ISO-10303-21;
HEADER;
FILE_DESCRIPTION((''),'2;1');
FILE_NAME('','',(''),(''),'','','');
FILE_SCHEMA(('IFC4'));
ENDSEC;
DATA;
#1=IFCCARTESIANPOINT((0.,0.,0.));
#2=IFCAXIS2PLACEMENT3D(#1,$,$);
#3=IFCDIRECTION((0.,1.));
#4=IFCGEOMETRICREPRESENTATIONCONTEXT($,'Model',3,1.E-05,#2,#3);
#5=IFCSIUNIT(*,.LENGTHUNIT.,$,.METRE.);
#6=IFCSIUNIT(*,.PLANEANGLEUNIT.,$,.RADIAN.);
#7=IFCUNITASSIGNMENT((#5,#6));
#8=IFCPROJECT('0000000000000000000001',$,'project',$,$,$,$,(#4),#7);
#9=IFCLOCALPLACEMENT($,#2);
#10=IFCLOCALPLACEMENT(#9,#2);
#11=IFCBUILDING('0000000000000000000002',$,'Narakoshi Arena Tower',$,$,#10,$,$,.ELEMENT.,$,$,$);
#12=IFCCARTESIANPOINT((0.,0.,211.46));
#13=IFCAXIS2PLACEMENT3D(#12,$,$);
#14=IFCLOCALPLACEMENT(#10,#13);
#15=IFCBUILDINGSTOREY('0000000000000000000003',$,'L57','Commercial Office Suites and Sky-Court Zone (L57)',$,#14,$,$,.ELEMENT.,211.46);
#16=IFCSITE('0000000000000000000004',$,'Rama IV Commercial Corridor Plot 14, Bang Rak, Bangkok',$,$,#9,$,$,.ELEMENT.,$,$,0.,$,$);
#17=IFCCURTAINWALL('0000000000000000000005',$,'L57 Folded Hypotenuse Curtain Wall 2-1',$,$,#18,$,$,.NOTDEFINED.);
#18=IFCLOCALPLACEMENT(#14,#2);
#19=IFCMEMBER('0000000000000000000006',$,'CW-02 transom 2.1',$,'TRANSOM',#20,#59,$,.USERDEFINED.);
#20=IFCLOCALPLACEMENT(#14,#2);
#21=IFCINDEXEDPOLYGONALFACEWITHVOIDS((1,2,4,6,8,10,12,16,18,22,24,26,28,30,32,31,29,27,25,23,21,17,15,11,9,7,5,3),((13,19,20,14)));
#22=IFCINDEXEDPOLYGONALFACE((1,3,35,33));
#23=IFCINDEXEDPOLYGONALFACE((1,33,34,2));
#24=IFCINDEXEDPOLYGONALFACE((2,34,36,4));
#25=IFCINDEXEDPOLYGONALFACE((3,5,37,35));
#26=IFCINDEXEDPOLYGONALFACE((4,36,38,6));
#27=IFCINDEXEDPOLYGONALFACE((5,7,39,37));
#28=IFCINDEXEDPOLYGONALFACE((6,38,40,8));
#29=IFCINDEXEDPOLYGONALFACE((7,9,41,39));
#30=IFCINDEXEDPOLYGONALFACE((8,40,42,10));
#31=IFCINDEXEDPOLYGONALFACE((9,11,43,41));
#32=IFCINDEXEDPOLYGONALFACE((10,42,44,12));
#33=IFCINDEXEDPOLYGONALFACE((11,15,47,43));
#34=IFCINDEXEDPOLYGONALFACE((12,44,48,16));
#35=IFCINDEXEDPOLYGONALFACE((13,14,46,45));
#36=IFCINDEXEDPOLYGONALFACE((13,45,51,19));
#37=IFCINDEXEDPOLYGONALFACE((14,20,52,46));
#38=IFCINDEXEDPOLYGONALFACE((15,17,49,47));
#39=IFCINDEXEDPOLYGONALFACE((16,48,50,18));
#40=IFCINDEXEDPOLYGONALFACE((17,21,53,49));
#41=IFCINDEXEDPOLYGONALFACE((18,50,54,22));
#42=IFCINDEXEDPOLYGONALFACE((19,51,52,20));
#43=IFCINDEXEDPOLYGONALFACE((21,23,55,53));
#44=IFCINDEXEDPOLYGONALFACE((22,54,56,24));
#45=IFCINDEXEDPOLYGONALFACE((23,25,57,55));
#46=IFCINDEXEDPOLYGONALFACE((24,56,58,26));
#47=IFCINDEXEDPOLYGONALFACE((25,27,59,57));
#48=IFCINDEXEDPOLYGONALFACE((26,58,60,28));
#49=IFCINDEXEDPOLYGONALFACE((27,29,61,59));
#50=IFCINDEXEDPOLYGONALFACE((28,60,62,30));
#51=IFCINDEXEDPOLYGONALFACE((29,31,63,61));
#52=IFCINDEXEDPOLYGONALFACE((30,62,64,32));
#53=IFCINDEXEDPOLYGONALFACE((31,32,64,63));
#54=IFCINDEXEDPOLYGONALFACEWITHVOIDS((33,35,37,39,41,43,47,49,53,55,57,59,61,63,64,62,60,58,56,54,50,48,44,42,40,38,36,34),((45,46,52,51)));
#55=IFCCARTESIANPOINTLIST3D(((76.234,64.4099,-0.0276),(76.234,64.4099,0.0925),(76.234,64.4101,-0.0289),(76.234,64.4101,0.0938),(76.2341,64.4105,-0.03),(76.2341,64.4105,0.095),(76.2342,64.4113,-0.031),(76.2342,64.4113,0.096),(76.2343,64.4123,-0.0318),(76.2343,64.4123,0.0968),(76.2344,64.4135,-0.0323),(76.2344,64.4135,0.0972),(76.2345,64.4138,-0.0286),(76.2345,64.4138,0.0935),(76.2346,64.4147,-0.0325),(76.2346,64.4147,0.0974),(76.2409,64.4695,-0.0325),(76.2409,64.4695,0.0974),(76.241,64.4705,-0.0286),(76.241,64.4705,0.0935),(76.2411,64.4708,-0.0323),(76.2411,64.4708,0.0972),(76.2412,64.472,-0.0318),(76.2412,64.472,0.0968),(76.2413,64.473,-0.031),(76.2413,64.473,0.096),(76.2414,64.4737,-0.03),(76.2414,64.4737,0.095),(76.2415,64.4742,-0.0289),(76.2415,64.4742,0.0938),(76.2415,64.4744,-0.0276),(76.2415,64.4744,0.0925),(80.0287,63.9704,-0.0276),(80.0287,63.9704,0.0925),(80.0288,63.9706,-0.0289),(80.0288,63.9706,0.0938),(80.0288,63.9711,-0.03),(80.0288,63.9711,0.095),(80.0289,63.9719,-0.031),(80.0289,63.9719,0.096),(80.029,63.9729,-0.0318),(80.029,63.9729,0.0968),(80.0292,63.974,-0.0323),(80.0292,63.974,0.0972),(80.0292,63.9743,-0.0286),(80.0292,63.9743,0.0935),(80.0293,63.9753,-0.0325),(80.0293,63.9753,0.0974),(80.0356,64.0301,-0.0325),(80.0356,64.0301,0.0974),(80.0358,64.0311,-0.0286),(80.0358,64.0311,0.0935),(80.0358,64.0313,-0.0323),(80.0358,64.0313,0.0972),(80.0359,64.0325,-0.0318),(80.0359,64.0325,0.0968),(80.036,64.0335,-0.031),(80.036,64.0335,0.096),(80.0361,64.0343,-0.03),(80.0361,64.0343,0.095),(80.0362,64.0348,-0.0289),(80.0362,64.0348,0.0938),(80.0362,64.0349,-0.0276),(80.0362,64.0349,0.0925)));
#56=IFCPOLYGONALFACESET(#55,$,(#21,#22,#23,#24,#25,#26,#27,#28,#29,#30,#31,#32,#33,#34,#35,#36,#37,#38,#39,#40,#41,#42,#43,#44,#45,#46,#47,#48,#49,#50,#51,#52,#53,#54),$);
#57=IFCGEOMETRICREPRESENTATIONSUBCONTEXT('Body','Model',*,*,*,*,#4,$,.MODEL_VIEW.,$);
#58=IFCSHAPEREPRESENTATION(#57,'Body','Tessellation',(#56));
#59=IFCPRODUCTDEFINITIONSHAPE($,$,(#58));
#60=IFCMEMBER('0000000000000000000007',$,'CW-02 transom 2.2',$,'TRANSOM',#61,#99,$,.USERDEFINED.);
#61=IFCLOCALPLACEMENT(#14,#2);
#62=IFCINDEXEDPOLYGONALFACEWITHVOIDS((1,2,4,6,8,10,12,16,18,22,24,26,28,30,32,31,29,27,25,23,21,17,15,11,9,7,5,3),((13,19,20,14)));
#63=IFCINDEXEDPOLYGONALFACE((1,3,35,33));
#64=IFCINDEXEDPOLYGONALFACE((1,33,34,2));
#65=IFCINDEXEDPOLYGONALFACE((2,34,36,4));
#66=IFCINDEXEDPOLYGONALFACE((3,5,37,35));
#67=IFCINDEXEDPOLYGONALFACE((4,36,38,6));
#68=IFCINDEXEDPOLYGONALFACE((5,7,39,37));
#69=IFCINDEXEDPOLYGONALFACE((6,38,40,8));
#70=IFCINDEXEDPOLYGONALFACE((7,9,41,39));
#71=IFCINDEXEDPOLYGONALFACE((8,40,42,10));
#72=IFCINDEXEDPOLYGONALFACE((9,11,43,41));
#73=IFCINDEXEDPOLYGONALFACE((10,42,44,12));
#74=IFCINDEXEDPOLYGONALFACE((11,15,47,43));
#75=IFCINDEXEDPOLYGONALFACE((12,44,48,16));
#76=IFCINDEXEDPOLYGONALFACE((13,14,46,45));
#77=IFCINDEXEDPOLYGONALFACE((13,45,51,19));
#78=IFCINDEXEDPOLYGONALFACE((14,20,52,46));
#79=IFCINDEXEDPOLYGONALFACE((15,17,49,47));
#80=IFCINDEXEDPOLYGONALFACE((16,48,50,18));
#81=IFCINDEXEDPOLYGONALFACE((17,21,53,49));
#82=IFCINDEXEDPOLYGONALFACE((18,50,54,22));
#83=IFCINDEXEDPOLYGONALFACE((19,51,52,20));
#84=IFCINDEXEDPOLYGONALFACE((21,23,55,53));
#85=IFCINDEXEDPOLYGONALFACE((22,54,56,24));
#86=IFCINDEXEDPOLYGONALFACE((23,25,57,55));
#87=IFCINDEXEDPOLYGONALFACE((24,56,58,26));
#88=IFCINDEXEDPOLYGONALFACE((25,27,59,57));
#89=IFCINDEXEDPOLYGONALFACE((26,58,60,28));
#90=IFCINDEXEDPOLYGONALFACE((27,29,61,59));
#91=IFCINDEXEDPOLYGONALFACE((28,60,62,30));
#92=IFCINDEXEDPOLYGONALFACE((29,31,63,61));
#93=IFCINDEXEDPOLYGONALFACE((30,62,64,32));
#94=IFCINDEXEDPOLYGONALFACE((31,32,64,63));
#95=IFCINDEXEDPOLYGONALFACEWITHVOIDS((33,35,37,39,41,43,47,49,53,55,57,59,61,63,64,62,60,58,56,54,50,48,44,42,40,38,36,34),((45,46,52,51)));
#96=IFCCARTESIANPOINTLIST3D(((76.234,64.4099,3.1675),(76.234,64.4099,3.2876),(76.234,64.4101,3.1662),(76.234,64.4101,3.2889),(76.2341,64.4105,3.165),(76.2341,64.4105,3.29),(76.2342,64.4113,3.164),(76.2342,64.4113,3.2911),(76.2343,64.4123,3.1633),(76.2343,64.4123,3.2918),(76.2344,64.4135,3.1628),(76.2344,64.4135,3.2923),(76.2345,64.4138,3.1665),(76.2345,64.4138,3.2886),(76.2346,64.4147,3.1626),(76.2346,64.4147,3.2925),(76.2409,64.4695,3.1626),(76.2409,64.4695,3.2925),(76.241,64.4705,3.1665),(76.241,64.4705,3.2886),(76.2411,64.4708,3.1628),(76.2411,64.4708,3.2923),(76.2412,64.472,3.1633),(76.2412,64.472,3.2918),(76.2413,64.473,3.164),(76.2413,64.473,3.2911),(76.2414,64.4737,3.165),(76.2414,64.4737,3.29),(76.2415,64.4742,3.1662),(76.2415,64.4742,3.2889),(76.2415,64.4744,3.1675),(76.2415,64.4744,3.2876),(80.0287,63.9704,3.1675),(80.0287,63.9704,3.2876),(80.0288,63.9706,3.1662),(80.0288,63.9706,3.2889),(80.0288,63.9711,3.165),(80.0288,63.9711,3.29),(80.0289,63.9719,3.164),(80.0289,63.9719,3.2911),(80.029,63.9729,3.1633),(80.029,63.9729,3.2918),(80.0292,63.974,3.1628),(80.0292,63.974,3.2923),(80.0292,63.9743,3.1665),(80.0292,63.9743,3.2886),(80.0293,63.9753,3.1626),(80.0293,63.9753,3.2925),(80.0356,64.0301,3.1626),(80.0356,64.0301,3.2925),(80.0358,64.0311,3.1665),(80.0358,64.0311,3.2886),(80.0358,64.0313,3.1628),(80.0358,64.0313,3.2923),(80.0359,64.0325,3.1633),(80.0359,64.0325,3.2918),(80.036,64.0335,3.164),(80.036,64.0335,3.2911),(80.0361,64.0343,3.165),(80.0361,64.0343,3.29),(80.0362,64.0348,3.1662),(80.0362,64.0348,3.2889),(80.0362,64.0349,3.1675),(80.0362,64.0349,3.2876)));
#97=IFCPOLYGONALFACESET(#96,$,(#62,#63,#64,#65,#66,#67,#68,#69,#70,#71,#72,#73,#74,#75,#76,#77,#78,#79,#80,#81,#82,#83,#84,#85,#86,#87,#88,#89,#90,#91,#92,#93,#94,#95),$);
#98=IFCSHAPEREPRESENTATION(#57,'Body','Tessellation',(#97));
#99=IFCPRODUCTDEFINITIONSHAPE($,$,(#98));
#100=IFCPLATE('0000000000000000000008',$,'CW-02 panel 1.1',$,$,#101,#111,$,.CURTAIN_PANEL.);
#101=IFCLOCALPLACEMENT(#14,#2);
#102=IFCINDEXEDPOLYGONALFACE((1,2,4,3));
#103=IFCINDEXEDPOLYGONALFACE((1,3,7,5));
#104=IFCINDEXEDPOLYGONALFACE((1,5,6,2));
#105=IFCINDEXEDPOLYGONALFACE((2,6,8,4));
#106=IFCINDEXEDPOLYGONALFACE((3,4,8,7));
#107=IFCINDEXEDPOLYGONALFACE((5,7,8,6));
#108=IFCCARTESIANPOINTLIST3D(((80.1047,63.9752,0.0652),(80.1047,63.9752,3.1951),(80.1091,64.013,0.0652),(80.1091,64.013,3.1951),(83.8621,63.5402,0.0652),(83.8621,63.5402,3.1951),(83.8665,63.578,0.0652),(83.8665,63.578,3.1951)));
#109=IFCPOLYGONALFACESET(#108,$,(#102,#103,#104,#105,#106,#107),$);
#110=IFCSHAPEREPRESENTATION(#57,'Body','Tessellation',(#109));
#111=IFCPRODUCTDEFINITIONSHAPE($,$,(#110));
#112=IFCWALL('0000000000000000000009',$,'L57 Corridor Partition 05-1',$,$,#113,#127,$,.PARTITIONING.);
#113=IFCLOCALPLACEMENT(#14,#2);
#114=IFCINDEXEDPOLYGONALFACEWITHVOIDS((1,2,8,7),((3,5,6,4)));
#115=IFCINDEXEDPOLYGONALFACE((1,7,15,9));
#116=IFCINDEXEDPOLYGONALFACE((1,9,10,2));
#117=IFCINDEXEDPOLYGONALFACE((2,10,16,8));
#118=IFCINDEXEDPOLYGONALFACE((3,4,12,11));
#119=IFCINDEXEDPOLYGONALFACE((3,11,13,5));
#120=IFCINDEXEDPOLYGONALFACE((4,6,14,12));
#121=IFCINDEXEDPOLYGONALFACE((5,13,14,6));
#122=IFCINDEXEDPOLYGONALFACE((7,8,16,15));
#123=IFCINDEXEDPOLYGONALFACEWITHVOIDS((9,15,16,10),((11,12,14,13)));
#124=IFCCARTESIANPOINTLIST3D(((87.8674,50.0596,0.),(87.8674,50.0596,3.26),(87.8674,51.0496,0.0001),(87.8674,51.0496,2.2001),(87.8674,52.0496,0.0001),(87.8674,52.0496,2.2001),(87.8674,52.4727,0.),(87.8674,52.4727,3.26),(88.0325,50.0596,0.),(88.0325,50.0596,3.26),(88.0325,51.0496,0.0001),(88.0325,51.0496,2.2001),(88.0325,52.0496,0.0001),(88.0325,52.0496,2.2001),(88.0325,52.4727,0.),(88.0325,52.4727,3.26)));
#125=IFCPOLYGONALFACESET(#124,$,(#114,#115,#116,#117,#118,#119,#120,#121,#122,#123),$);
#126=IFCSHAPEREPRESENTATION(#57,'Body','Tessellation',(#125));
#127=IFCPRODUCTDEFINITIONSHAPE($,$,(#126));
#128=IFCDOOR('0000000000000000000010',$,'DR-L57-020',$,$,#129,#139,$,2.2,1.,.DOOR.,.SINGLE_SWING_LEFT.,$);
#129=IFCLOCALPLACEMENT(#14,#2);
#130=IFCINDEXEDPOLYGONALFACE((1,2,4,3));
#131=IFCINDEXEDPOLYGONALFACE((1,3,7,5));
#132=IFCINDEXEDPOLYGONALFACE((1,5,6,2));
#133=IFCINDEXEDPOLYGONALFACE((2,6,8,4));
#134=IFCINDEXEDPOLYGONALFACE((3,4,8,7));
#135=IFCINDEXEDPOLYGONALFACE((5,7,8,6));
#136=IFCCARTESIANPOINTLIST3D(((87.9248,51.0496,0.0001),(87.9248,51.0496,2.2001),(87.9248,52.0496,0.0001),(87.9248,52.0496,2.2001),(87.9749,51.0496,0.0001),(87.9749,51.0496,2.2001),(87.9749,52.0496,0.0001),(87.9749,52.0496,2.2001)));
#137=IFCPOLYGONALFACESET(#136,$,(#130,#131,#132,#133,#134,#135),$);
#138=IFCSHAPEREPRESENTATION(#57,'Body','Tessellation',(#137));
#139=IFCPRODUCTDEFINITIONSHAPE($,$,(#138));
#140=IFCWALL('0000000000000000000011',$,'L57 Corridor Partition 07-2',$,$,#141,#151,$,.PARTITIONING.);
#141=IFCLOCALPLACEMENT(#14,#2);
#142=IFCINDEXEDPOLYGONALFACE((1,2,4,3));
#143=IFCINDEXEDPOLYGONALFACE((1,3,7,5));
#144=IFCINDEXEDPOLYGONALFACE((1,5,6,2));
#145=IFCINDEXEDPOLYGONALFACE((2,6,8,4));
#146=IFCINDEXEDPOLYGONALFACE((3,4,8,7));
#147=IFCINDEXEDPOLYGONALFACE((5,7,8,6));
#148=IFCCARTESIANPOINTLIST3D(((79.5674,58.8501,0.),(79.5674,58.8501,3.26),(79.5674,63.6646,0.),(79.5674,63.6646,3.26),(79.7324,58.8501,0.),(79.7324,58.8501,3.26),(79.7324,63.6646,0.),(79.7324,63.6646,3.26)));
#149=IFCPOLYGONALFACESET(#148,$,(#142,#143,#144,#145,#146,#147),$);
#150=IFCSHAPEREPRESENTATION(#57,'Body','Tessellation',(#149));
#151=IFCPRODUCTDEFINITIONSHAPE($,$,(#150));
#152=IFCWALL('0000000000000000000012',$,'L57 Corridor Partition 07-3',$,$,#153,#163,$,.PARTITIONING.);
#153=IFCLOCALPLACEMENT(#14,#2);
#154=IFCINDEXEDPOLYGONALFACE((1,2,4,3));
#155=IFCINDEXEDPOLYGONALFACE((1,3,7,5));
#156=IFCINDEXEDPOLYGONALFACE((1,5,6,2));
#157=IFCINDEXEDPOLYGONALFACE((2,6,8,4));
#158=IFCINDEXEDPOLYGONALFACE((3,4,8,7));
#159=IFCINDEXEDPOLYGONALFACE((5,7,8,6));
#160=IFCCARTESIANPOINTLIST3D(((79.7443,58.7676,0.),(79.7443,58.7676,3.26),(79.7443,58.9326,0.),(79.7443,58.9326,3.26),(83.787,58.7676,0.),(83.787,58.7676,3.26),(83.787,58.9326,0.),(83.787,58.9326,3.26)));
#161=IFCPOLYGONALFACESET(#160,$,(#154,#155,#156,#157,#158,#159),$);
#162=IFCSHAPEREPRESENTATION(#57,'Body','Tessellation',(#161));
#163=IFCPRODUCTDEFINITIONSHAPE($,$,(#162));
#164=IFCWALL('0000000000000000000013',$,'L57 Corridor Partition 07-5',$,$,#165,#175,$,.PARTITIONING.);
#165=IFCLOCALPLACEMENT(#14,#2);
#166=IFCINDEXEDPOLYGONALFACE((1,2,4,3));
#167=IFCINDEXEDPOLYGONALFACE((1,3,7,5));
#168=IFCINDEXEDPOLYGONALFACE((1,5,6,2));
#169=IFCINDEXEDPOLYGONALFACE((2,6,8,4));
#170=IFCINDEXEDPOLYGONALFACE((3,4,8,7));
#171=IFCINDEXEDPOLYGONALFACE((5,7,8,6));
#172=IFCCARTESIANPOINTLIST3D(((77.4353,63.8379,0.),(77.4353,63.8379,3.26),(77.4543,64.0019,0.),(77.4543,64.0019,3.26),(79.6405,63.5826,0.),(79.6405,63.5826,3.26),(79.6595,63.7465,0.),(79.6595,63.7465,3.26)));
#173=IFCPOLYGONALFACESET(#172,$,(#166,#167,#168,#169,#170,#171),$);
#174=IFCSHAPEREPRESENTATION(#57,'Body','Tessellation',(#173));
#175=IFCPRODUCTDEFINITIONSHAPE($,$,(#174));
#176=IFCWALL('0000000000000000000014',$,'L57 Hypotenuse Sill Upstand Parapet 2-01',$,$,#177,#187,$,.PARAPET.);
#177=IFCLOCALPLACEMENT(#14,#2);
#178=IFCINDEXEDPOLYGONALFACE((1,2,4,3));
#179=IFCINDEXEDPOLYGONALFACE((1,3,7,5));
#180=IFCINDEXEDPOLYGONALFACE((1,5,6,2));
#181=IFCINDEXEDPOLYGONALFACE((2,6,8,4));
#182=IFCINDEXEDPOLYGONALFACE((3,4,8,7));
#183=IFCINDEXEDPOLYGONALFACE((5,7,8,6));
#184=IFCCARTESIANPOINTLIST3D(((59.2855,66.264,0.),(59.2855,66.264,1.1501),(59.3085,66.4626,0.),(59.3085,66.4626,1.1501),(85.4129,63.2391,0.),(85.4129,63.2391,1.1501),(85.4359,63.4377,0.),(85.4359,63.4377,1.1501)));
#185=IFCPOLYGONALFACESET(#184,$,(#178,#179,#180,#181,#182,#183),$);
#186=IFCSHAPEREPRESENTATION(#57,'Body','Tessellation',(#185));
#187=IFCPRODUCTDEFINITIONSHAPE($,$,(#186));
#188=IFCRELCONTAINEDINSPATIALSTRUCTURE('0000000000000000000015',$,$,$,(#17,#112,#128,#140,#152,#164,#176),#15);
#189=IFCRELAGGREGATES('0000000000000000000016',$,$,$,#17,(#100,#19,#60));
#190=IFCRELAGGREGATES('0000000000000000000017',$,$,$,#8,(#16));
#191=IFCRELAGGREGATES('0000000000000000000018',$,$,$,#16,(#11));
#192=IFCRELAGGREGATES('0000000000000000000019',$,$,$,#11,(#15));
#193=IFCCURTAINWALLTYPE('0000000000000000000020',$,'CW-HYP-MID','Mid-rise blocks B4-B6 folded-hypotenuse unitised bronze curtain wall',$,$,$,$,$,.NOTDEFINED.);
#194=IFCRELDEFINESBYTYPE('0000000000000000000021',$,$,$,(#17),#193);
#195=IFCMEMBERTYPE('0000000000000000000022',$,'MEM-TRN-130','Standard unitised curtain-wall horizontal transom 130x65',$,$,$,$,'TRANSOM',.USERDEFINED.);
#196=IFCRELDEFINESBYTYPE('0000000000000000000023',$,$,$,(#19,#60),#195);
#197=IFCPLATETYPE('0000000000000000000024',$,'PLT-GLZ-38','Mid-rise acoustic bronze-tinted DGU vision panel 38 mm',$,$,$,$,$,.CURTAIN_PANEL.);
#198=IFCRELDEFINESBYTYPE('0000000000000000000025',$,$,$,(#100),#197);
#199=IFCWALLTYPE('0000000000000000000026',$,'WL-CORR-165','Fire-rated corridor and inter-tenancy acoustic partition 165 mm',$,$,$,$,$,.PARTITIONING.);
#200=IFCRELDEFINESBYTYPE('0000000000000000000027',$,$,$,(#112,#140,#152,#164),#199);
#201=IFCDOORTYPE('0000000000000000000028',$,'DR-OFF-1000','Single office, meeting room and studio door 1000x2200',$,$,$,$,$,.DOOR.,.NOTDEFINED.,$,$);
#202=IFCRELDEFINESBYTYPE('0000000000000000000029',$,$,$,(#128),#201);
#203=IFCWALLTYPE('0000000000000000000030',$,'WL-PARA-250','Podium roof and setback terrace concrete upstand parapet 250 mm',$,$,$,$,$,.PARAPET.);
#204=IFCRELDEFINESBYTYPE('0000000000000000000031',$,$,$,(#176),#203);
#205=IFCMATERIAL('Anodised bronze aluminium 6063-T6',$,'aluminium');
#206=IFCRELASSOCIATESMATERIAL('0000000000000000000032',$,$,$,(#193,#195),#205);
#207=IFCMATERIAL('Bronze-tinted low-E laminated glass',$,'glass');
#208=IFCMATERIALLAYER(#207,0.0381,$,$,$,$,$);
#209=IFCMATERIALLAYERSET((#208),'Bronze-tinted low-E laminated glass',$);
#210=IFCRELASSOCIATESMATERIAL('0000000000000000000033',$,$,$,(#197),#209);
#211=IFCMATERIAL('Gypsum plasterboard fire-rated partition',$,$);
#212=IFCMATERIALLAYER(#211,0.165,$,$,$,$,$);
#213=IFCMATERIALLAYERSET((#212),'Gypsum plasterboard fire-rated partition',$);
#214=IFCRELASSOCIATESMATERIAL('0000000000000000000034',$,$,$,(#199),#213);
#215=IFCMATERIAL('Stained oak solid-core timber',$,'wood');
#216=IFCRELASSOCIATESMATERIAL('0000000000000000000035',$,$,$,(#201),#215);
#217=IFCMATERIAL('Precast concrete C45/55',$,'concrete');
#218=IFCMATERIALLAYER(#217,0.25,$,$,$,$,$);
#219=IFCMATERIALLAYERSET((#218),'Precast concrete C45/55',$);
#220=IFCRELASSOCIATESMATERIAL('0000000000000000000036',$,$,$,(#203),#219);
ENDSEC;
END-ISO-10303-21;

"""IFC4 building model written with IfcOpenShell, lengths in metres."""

from ifc_helpers import new_model, si_unit, direction, frame, frame_2d, origin, origin_2d, place, context, subcontext, project, spatial, rectangle, hollow_rectangle, extrude, material, layer, layer_set, material_profile, profile_set, type_object, element, fill, aggregate, save


model = new_model("IFC4")

# Units and contexts
model_context = context("Model", 3, precision=1e-05, world=origin(), true_north=direction((0.0, 1.0)))
body_context = subcontext(model_context, "Body", "Model", "MODEL_VIEW")
ifc_project = project(units=[si_unit("LENGTHUNIT", "METRE"), si_unit("PLANEANGLEUNIT", "RADIAN")], contexts=[model_context])

# Site, building, storey
site_placement = place(None, origin())
site = spatial("IfcSite", under=ifc_project, at=site_placement, Name="Rama IV Commercial Corridor Plot 14, Bang Rak, Bangkok", CompositionType="ELEMENT", RefElevation=0.0)
building_placement = place(site_placement, origin())
building = spatial("IfcBuilding", under=site, at=building_placement, Name="Narakoshi Arena Tower", CompositionType="ELEMENT")
storey_placement = place(building_placement, frame((0.0, 0.0, 211.46)))
storey = spatial("IfcBuildingStorey", under=building, at=storey_placement, Name="L57", Description="Commercial Office Suites and Sky-Court Zone (L57)", CompositionType="ELEMENT", Elevation=211.46)

# Curtain wall, members, plate
ifc_material_1 = material(Name="Anodised bronze aluminium 6063-T6", Category="aluminium")
curtain_wall_type = type_object("IfcCurtainWallType", Name="CW-HYP-MID", Description="Mid-rise blocks B4-B6 folded-hypotenuse unitised bronze curtain wall", PredefinedType="NOTDEFINED", material=ifc_material_1)
curtain_wall_placement = place(storey_placement, origin())
curtain_wall = element("IfcCurtainWall", 1, at=curtain_wall_placement, inside=storey, type_object=curtain_wall_type, Name="L57 Folded Hypotenuse Curtain Wall 2-1", PredefinedType="NOTDEFINED")
ifc_material_profile_1 = material_profile(ifc_material_1, hollow_rectangle(XDim=0.0649, YDim=0.1299, WallThickness=0.0039, OuterFilletRadius=0.0049, at=origin_2d()), Name="TRN130x65x4")
ifc_profile_set_1 = profile_set([ifc_material_profile_1], Name="Anodised bronze aluminium 6063-T6")
member_type_1 = type_object("IfcMemberType", Name="MEM-TRN-130", Description="Standard unitised curtain-wall horizontal transom 130x65", ElementType="TRANSOM", PredefinedType="USERDEFINED", material=ifc_profile_set_1)
member_1_placement = place(storey_placement, frame((80.0325, 64.0027, 0.0325), z_axis=(-0.993361, 0.115039, 0.0), x_axis=(-0.115039, -0.993361, 0.0)))
member_1 = element("IfcMember", 2, at=member_1_placement, type_object=member_type_1, Name="CW-02 transom 2.1", ObjectType="TRANSOM", PredefinedType="USERDEFINED", context=body_context, shape_type="SweptSolid", body=[
    extrude(hollow_rectangle(XDim=0.0649, YDim=0.1299, WallThickness=0.0039, OuterFilletRadius=0.0049, at=origin_2d()), origin(), (0.0, 0.0, 1.0), 3.8201),
])
member_2_placement = place(storey_placement, frame((80.0325, 64.0027, 3.2275), z_axis=(-0.993361, 0.115039, 0.0), x_axis=(-0.115039, -0.993361, 0.0)))
member_2 = element("IfcMember", 3, at=member_2_placement, type_object=member_type_1, Name="CW-02 transom 2.2", ObjectType="TRANSOM", PredefinedType="USERDEFINED", context=body_context, shape_type="SweptSolid", body=[
    extrude(hollow_rectangle(XDim=0.0649, YDim=0.1299, WallThickness=0.0039, OuterFilletRadius=0.0049, at=origin_2d()), origin(), (0.0, 0.0, 1.0), 3.8201),
])
ifc_material_2 = material(Name="Bronze-tinted low-E laminated glass", Category="glass")
ifc_layer_1 = layer(ifc_material_2, 0.0381)
ifc_layer_set_1 = layer_set([ifc_layer_1], Name="Bronze-tinted low-E laminated glass")
plate_type = type_object("IfcPlateType", Name="PLT-GLZ-38", Description="Mid-rise acoustic bronze-tinted DGU vision panel 38 mm", PredefinedType="CURTAIN_PANEL", material=ifc_layer_set_1)
plate_placement = place(storey_placement, frame((81.9856, 63.7766, 0.0652), z_axis=(0.0, 0.0, 1.0), x_axis=(-0.993364, 0.115011, 0.0)))
plate = element("IfcPlate", 4, at=plate_placement, type_object=plate_type, Name="CW-02 panel 1.1", PredefinedType="CURTAIN_PANEL", context=body_context, shape_type="SweptSolid", body=[
    extrude(rectangle(XDim=3.7825, YDim=0.0381, at=origin_2d()), origin(), (0.0, 0.0, 1.0), 3.1299),
])
aggregate(curtain_wall, [plate, member_1, member_2])

# Wall, opening, door
ifc_material_3 = material(Name="Gypsum plasterboard fire-rated partition")
ifc_layer_2 = layer(ifc_material_3, 0.165)
ifc_layer_set_2 = layer_set([ifc_layer_2], Name="Gypsum plasterboard fire-rated partition")
wall_type_1 = type_object("IfcWallType", Name="WL-CORR-165", Description="Fire-rated corridor and inter-tenancy acoustic partition 165 mm", PredefinedType="PARTITIONING", material=ifc_layer_set_2)
wall_1_placement = place(storey_placement, frame((87.95, 50.0596, 0.0), z_axis=(0.0, 0.0, 1.0), x_axis=(0.0, 1.0, 0.0)))
wall_1 = element("IfcWall", 5, at=wall_1_placement, inside=storey, type_object=wall_type_1, Name="L57 Corridor Partition 05-1", PredefinedType="PARTITIONING", context=body_context, shape_type="SweptSolid", body=[
    extrude(rectangle(XDim=2.4131, YDim=0.165, at=frame_2d((1.2065, 0.0))), origin(), (0.0, 0.0, 1.0), 3.26),
])
opening_1_placement = place(wall_1_placement, frame((0.99, 0.0, 0.0)))
opening_1 = element("IfcOpeningElement", 6, at=opening_1_placement, cuts=wall_1, PredefinedType="OPENING", context=body_context, shape_type="SweptSolid", body=[
    extrude(rectangle(XDim=1.0, YDim=2.2, at=frame_2d((0.5, 1.1001))), frame((0.0, 0.0925, 0.0), z_axis=(0.0, -1.0, 0.0), x_axis=(1.0, 0.0, 0.0)), (0.0, 0.0, 1.0), 0.1851),
])
ifc_material_4 = material(Name="Stained oak solid-core timber", Category="wood")
door_type_1 = type_object("IfcDoorType", Name="DR-OFF-1000", Description="Single office, meeting room and studio door 1000x2200", OperationType="NOTDEFINED", PredefinedType="DOOR", material=ifc_material_4)
door_1_placement = place(opening_1_placement, frame((1.0, 0.0, 0.0), z_axis=(0.0, 0.0, 1.0), x_axis=(-1.0, 0.0, 0.0)))
door_1 = element("IfcDoor", 7, at=door_1_placement, inside=storey, type_object=door_type_1, Name="DR-L57-020", OperationType="SINGLE_SWING_LEFT", OverallHeight=2.2, OverallWidth=1.0, PredefinedType="DOOR", context=body_context, shape_type="SweptSolid", body=[
    extrude(rectangle(XDim=1.0, YDim=2.2, at=frame_2d((0.5, 1.1001))), frame((0.0, 0.0249, 0.0), z_axis=(0.0, -1.0, 0.0), x_axis=(1.0, 0.0, 0.0)), (0.0, 0.0, 1.0), 0.05),
])
fill(opening_1, door_1)

# Walls
wall_2_placement = place(storey_placement, frame((79.6499, 58.8501, 0.0), z_axis=(0.0, 0.0, 1.0), x_axis=(0.0, 1.0, 0.0)))
element("IfcWall", 8, at=wall_2_placement, inside=storey, type_object=wall_type_1, Name="L57 Corridor Partition 07-2", PredefinedType="PARTITIONING", context=body_context, shape_type="SweptSolid", body=[
    extrude(rectangle(XDim=4.8145, YDim=0.165, at=frame_2d((2.4072, 0.0))), origin(), (0.0, 0.0, 1.0), 3.26),
])
wall_3_placement = place(storey_placement, frame((83.7871, 58.8501, 0.0), z_axis=(0.0, 0.0, 1.0), x_axis=(-1.0, 0.0, 0.0)))
element("IfcWall", 9, at=wall_3_placement, inside=storey, type_object=wall_type_1, Name="L57 Corridor Partition 07-3", PredefinedType="PARTITIONING", context=body_context, shape_type="SweptSolid", body=[
    extrude(rectangle(XDim=4.0427, YDim=0.165, at=frame_2d((2.0215, 0.0))), origin(), (0.0, 0.0, 1.0), 3.26),
])
wall_4_placement = place(storey_placement, frame((79.6499, 63.6646, 0.0), z_axis=(0.0, 0.0, 1.0), x_axis=(-0.993362, 0.115029, 0.0)))
element("IfcWall", 10, at=wall_4_placement, inside=storey, type_object=wall_type_1, Name="L57 Corridor Partition 07-5", PredefinedType="PARTITIONING", context=body_context, shape_type="SweptSolid", body=[
    extrude(rectangle(XDim=2.22, YDim=0.165, at=frame_2d((1.1099, 0.0))), origin(), (0.0, 0.0, 1.0), 3.26),
])
ifc_material_5 = material(Name="Precast concrete C45/55", Category="concrete")
ifc_layer_3 = layer(ifc_material_5, 0.25)
ifc_layer_set_3 = layer_set([ifc_layer_3], Name="Precast concrete C45/55")
wall_type_2 = type_object("IfcWallType", Name="WL-PARA-250", Description="Podium roof and setback terrace concrete upstand parapet 250 mm", PredefinedType="PARAPET", material=ifc_layer_set_3)
wall_5_placement = place(storey_placement, frame((85.4243, 63.3384, 0.0), z_axis=(0.0, 0.0, 1.0), x_axis=(-0.993365, 0.115007, 0.0)))
element("IfcWall", 11, at=wall_5_placement, inside=storey, type_object=wall_type_2, Name="L57 Hypotenuse Sill Upstand Parapet 2-01", PredefinedType="PARAPET", context=body_context, shape_type="SweptSolid", body=[
    extrude(rectangle(XDim=26.302, YDim=0.2, at=frame_2d((13.1509, 0.0))), origin(), (0.0, 0.0, 1.0), 1.1501),
])

save(model, "model.ifc")
